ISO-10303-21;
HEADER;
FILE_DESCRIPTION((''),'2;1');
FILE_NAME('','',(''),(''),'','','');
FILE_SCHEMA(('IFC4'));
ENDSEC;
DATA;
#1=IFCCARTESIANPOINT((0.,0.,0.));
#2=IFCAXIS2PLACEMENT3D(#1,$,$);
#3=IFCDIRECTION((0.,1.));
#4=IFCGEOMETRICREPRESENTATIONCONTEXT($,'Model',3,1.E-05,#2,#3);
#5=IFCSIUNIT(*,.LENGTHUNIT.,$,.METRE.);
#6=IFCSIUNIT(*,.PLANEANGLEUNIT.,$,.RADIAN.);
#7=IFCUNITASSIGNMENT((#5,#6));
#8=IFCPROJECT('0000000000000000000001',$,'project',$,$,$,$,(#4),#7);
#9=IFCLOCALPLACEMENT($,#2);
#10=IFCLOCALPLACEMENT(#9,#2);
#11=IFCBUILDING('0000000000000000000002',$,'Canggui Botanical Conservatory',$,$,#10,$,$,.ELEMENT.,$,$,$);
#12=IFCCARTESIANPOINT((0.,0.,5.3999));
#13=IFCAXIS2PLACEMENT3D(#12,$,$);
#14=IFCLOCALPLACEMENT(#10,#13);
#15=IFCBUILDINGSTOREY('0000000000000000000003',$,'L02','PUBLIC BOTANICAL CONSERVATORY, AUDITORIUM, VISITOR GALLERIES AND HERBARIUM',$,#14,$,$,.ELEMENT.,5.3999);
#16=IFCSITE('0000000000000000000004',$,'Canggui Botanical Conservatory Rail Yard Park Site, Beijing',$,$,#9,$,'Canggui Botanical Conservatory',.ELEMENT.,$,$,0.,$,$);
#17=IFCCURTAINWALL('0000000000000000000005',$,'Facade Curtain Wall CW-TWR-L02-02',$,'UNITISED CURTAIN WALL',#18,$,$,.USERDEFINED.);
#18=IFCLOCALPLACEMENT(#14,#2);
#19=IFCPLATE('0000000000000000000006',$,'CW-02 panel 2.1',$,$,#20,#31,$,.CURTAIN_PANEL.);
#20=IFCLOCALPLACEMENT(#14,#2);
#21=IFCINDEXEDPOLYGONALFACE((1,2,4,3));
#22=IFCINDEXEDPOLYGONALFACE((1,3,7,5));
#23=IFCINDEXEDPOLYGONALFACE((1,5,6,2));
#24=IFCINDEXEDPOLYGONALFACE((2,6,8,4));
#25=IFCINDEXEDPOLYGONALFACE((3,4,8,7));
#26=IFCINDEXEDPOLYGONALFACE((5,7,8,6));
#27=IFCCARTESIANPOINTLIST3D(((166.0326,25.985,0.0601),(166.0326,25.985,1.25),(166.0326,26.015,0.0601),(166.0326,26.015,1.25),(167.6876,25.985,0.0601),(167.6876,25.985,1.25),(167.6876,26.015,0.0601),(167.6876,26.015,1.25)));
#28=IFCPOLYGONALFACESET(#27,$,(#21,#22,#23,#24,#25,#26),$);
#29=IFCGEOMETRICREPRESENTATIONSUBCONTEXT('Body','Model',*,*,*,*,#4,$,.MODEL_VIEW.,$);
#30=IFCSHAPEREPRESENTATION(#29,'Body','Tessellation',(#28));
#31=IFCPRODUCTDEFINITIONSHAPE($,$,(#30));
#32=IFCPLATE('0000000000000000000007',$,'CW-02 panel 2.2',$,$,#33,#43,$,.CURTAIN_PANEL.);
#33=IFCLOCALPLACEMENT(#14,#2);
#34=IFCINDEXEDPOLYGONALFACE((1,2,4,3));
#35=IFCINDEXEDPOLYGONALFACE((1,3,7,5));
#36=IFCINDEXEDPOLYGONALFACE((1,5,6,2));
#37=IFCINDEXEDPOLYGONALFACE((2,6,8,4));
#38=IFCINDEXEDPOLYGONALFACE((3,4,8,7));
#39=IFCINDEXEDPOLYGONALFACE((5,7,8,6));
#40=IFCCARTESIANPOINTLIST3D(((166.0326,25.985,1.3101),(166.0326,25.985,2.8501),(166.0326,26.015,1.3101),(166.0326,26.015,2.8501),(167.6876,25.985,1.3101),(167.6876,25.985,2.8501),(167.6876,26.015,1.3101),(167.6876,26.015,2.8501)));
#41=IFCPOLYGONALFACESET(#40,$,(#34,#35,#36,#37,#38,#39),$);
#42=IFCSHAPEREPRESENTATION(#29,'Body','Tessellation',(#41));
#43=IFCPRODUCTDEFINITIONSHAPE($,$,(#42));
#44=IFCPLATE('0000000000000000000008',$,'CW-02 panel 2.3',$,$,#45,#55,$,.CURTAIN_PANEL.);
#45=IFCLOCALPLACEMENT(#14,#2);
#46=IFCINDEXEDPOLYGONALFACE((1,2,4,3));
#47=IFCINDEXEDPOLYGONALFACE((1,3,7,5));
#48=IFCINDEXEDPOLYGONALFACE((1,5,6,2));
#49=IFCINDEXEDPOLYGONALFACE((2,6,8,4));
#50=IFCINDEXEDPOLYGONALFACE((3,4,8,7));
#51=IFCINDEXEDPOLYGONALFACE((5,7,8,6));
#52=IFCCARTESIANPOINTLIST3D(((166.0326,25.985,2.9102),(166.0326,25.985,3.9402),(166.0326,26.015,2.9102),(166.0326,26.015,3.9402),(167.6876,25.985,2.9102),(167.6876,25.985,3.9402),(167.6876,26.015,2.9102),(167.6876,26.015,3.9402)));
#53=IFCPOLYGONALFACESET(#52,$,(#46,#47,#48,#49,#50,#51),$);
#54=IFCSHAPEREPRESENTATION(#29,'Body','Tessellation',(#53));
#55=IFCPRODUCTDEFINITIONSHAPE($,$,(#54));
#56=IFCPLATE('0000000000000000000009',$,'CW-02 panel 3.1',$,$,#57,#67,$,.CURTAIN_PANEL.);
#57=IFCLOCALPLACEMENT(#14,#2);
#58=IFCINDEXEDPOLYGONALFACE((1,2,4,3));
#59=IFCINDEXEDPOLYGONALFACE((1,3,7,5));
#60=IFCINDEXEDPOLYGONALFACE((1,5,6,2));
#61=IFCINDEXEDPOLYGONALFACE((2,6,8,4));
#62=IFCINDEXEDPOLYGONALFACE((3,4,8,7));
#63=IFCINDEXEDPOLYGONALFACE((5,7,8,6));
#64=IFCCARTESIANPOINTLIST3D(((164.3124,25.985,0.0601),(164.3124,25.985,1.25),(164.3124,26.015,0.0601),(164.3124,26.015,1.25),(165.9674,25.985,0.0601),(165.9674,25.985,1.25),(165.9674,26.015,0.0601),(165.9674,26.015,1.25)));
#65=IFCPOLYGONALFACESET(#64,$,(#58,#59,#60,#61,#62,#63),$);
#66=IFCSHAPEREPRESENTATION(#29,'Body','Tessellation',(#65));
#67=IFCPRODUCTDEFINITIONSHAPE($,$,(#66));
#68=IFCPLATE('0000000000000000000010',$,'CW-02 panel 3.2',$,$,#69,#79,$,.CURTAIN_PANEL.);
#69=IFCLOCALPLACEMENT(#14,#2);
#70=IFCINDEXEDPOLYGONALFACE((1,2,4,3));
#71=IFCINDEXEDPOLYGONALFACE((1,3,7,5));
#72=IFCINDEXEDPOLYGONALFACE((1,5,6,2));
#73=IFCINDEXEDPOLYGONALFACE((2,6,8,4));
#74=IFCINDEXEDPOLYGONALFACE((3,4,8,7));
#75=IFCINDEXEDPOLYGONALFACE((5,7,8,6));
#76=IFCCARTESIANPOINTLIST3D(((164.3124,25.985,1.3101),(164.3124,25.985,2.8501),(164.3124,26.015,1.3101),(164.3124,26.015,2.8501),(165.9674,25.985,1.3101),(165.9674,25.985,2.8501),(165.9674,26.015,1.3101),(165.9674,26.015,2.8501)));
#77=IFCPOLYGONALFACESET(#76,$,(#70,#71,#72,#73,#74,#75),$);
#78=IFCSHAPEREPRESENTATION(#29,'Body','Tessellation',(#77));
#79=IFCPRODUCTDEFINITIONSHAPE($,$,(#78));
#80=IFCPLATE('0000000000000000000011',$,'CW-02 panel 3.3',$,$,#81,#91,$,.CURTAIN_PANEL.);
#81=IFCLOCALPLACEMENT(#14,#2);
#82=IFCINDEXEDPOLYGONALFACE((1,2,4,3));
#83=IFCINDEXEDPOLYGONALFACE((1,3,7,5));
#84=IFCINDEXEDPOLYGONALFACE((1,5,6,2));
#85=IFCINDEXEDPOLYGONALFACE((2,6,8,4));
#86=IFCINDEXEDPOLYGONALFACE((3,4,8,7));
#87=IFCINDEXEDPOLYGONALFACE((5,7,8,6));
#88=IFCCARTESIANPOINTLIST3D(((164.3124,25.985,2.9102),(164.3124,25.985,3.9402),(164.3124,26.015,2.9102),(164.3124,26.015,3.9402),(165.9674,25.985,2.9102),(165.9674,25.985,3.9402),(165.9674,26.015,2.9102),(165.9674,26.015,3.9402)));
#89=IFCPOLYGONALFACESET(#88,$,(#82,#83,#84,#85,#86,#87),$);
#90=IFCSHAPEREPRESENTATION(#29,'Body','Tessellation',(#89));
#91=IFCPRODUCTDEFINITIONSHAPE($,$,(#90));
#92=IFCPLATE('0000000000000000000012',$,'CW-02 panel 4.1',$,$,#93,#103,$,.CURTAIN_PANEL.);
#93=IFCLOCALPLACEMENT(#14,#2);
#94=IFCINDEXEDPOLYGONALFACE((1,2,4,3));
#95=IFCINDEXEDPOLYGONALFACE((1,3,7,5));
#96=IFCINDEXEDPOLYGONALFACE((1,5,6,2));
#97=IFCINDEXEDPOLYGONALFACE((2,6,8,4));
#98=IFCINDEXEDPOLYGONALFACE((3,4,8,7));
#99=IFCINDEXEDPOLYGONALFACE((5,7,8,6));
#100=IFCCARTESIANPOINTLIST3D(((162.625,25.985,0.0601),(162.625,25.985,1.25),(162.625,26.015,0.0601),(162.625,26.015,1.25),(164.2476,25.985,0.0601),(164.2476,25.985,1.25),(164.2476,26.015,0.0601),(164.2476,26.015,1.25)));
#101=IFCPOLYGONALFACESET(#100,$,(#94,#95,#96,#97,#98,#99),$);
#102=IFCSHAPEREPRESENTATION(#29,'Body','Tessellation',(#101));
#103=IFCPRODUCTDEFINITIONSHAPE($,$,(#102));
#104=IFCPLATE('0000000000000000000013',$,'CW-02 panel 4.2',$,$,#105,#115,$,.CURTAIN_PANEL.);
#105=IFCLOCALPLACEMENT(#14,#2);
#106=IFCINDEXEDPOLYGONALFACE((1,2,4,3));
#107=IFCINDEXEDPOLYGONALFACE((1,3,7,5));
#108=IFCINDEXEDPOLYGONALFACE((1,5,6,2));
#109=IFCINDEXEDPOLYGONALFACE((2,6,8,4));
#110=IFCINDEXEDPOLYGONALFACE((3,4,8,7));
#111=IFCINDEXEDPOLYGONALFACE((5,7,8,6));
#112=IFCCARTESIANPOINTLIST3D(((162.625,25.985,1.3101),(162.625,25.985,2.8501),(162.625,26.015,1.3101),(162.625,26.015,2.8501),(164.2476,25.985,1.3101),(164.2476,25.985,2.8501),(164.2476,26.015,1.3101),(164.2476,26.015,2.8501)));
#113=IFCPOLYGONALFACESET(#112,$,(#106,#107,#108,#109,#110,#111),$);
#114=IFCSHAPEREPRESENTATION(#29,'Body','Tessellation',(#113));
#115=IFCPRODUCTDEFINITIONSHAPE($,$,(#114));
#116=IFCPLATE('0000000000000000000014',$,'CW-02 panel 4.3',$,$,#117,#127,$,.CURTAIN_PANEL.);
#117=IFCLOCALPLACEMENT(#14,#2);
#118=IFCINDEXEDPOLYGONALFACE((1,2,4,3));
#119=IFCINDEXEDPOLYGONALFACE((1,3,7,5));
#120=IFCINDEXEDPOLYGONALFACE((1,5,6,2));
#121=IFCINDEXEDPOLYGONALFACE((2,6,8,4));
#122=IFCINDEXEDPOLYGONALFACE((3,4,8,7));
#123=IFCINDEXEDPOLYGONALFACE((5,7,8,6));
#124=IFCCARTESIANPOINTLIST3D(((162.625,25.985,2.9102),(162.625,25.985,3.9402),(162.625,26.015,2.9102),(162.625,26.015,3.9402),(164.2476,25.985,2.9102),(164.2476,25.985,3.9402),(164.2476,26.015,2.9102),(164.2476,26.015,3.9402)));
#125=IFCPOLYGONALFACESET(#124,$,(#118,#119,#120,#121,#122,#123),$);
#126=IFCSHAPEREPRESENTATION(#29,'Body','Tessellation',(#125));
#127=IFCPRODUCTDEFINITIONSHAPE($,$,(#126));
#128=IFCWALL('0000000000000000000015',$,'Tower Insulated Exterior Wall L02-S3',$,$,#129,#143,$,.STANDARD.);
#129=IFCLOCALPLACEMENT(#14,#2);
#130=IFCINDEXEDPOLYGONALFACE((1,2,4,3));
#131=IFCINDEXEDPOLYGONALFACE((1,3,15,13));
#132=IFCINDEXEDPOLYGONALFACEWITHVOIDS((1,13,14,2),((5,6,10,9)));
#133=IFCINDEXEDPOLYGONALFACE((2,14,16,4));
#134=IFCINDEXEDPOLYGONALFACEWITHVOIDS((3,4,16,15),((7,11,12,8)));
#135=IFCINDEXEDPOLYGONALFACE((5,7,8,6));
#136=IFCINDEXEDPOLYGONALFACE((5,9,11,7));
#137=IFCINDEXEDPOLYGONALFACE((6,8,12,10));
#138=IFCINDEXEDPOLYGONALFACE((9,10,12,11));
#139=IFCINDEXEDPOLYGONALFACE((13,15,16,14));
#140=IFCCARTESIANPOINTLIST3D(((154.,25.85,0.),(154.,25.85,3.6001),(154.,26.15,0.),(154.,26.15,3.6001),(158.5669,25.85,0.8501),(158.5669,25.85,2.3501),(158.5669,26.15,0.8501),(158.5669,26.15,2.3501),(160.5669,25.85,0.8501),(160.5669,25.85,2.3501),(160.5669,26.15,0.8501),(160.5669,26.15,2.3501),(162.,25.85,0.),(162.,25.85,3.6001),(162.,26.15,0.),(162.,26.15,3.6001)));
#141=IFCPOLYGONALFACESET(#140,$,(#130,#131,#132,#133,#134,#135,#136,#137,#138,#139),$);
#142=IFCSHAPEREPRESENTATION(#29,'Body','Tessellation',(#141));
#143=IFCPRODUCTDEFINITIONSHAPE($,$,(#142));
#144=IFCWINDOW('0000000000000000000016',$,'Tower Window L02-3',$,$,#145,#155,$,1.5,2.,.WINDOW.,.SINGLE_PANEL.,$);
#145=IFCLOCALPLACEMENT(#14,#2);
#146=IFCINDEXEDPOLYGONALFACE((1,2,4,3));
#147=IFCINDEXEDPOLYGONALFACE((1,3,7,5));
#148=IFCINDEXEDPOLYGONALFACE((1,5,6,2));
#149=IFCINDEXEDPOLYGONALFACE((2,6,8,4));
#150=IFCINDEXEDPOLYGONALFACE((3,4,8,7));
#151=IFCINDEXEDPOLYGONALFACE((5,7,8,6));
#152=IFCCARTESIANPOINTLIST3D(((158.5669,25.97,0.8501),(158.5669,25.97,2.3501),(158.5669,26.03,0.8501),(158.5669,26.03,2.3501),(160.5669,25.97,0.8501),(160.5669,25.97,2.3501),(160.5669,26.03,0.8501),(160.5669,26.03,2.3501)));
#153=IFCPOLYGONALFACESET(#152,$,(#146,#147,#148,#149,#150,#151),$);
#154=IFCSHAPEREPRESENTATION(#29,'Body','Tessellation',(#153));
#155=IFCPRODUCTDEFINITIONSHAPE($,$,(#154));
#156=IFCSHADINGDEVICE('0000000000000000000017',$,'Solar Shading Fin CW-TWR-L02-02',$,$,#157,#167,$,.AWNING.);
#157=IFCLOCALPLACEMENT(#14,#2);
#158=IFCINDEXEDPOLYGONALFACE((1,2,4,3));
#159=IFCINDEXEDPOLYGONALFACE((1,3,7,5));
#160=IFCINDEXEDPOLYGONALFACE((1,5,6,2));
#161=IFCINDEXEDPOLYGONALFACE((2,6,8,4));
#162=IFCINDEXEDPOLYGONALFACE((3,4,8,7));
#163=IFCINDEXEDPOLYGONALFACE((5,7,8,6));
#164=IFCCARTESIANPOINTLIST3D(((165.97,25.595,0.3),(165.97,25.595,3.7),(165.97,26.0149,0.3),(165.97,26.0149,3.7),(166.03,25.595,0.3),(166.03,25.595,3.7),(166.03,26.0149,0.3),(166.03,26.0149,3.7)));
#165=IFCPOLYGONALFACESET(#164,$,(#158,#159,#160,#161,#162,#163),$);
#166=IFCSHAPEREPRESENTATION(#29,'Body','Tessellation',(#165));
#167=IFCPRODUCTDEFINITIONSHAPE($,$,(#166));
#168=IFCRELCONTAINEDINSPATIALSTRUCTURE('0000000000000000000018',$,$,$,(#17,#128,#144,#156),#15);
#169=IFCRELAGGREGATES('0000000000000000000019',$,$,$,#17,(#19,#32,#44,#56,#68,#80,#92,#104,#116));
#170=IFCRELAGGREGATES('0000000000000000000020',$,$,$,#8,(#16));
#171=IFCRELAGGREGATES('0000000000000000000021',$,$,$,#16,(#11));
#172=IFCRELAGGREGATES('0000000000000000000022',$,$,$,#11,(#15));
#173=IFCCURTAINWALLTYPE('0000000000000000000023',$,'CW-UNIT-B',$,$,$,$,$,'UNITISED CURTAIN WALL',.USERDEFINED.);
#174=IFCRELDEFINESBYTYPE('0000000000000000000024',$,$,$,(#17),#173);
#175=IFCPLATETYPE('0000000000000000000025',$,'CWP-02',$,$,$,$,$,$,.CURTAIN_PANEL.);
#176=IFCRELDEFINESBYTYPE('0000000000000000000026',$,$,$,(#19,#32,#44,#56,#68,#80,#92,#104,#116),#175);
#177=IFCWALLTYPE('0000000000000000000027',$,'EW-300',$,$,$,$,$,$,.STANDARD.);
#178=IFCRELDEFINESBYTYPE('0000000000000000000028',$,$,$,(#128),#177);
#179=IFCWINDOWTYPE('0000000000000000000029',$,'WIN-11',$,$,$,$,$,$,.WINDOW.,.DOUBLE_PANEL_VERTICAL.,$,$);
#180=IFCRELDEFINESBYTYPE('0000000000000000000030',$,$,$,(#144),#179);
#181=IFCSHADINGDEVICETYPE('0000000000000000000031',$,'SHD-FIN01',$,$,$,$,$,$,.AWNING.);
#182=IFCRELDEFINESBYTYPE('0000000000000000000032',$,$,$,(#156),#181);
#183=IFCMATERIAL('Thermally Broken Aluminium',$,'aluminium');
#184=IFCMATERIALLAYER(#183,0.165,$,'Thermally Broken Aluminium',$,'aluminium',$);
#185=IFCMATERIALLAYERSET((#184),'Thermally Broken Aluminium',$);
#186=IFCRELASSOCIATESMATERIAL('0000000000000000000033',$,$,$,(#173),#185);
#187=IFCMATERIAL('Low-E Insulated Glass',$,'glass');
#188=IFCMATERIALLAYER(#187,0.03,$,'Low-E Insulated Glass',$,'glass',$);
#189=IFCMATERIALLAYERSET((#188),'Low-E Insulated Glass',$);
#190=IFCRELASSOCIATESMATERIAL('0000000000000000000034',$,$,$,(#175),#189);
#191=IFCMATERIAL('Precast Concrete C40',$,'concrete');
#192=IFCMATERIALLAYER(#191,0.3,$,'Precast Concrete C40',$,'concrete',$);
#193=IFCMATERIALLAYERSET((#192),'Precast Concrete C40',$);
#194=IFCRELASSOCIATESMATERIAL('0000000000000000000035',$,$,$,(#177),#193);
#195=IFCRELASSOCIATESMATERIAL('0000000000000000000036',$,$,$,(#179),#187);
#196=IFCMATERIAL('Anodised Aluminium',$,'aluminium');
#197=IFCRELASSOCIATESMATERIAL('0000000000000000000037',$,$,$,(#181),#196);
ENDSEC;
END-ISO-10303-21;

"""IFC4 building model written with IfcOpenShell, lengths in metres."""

from ifc_helpers import new_model, si_unit, direction, frame, frame_2d, origin, origin_2d, place, context, subcontext, project, spatial, rectangle, extrude, material, layer, layer_set, type_object, element, fill, aggregate, save


model = new_model("IFC4")

# Units and contexts
model_context = context("Model", 3, precision=1e-05, world=origin(), true_north=direction((0.0, 1.0)))
body_context = subcontext(model_context, "Body", "Model", "MODEL_VIEW")
ifc_project = project(units=[si_unit("LENGTHUNIT", "METRE"), si_unit("PLANEANGLEUNIT", "RADIAN")], contexts=[model_context])

# Site, building, storey
site_placement = place(None, origin())
site = spatial("IfcSite", under=ifc_project, at=site_placement, Name="Canggui Botanical Conservatory Rail Yard Park Site, Beijing", LongName="Canggui Botanical Conservatory", CompositionType="ELEMENT", RefElevation=0.0)
building_placement = place(site_placement, origin())
building = spatial("IfcBuilding", under=site, at=building_placement, Name="Canggui Botanical Conservatory", CompositionType="ELEMENT")
storey_placement = place(building_placement, frame((0.0, 0.0, 5.3999)))
storey = spatial("IfcBuildingStorey", under=building, at=storey_placement, Name="L02", Description="PUBLIC BOTANICAL CONSERVATORY, AUDITORIUM, VISITOR GALLERIES AND HERBARIUM", CompositionType="ELEMENT", Elevation=5.3999)

# Curtain wall, plates
ifc_material_1 = material(Name="Thermally Broken Aluminium", Category="aluminium")
ifc_layer_1 = layer(ifc_material_1, 0.165, Name="Thermally Broken Aluminium", Category="aluminium")
ifc_layer_set_1 = layer_set([ifc_layer_1], Name="Thermally Broken Aluminium")
curtain_wall_type = type_object("IfcCurtainWallType", Name="CW-UNIT-B", ElementType="UNITISED CURTAIN WALL", PredefinedType="USERDEFINED", material=ifc_layer_set_1)
curtain_wall_placement = place(storey_placement, origin())
curtain_wall = element("IfcCurtainWall", 1, at=curtain_wall_placement, inside=storey, type_object=curtain_wall_type, Name="Facade Curtain Wall CW-TWR-L02-02", ObjectType="UNITISED CURTAIN WALL", PredefinedType="USERDEFINED")
ifc_material_2 = material(Name="Low-E Insulated Glass", Category="glass")
ifc_layer_2 = layer(ifc_material_2, 0.03, Name="Low-E Insulated Glass", Category="glass")
ifc_layer_set_2 = layer_set([ifc_layer_2], Name="Low-E Insulated Glass")
plate_type = type_object("IfcPlateType", Name="CWP-02", PredefinedType="CURTAIN_PANEL", material=ifc_layer_set_2)
plate_1_placement = place(storey_placement, frame((166.8601, 26.0, 0.0601), z_axis=(0.0, 0.0, 1.0), x_axis=(-1.0, 0.0, 0.0)))
plate_1 = element("IfcPlate", 2, at=plate_1_placement, type_object=plate_type, Name="CW-02 panel 2.1", PredefinedType="CURTAIN_PANEL", context=body_context, shape_type="SweptSolid", body=[
    extrude(rectangle(XDim=1.655, YDim=0.03, at=origin_2d()), origin(), (0.0, 0.0, 1.0), 1.1899),
])
plate_2_placement = place(storey_placement, frame((166.8601, 26.0, 1.3101), z_axis=(0.0, 0.0, 1.0), x_axis=(-1.0, 0.0, 0.0)))
plate_2 = element("IfcPlate", 3, at=plate_2_placement, type_object=plate_type, Name="CW-02 panel 2.2", PredefinedType="CURTAIN_PANEL", context=body_context, shape_type="SweptSolid", body=[
    extrude(rectangle(XDim=1.655, YDim=0.03, at=origin_2d()), origin(), (0.0, 0.0, 1.0), 1.54),
])
plate_3_placement = place(storey_placement, frame((166.8601, 26.0, 2.9102), z_axis=(0.0, 0.0, 1.0), x_axis=(-1.0, 0.0, 0.0)))
plate_3 = element("IfcPlate", 4, at=plate_3_placement, type_object=plate_type, Name="CW-02 panel 2.3", PredefinedType="CURTAIN_PANEL", context=body_context, shape_type="SweptSolid", body=[
    extrude(rectangle(XDim=1.655, YDim=0.03, at=origin_2d()), origin(), (0.0, 0.0, 1.0), 1.03),
])
plate_4_placement = place(storey_placement, frame((165.1399, 26.0, 0.0601), z_axis=(0.0, 0.0, 1.0), x_axis=(-1.0, 0.0, 0.0)))
plate_4 = element("IfcPlate", 5, at=plate_4_placement, type_object=plate_type, Name="CW-02 panel 3.1", PredefinedType="CURTAIN_PANEL", context=body_context, shape_type="SweptSolid", body=[
    extrude(rectangle(XDim=1.655, YDim=0.03, at=origin_2d()), origin(), (0.0, 0.0, 1.0), 1.1899),
])
plate_5_placement = place(storey_placement, frame((165.1399, 26.0, 1.3101), z_axis=(0.0, 0.0, 1.0), x_axis=(-1.0, 0.0, 0.0)))
plate_5 = element("IfcPlate", 6, at=plate_5_placement, type_object=plate_type, Name="CW-02 panel 3.2", PredefinedType="CURTAIN_PANEL", context=body_context, shape_type="SweptSolid", body=[
    extrude(rectangle(XDim=1.655, YDim=0.03, at=origin_2d()), origin(), (0.0, 0.0, 1.0), 1.54),
])
plate_6_placement = place(storey_placement, frame((165.1399, 26.0, 2.9102), z_axis=(0.0, 0.0, 1.0), x_axis=(-1.0, 0.0, 0.0)))
plate_6 = element("IfcPlate", 7, at=plate_6_placement, type_object=plate_type, Name="CW-02 panel 3.3", PredefinedType="CURTAIN_PANEL", context=body_context, shape_type="SweptSolid", body=[
    extrude(rectangle(XDim=1.655, YDim=0.03, at=origin_2d()), origin(), (0.0, 0.0, 1.0), 1.03),
])
plate_7_placement = place(storey_placement, frame((163.4363, 26.0, 0.0601), z_axis=(0.0, 0.0, 1.0), x_axis=(-1.0, 0.0, 0.0)))
plate_7 = element("IfcPlate", 8, at=plate_7_placement, type_object=plate_type, Name="CW-02 panel 4.1", PredefinedType="CURTAIN_PANEL", context=body_context, shape_type="SweptSolid", body=[
    extrude(rectangle(XDim=1.6226, YDim=0.03, at=origin_2d()), origin(), (0.0, 0.0, 1.0), 1.1899),
])
plate_8_placement = place(storey_placement, frame((163.4363, 26.0, 1.3101), z_axis=(0.0, 0.0, 1.0), x_axis=(-1.0, 0.0, 0.0)))
plate_8 = element("IfcPlate", 9, at=plate_8_placement, type_object=plate_type, Name="CW-02 panel 4.2", PredefinedType="CURTAIN_PANEL", context=body_context, shape_type="SweptSolid", body=[
    extrude(rectangle(XDim=1.6226, YDim=0.03, at=origin_2d()), origin(), (0.0, 0.0, 1.0), 1.54),
])
plate_9_placement = place(storey_placement, frame((163.4363, 26.0, 2.9102), z_axis=(0.0, 0.0, 1.0), x_axis=(-1.0, 0.0, 0.0)))
plate_9 = element("IfcPlate", 10, at=plate_9_placement, type_object=plate_type, Name="CW-02 panel 4.3", PredefinedType="CURTAIN_PANEL", context=body_context, shape_type="SweptSolid", body=[
    extrude(rectangle(XDim=1.6226, YDim=0.03, at=origin_2d()), origin(), (0.0, 0.0, 1.0), 1.03),
])
aggregate(curtain_wall, [plate_1, plate_2, plate_3, plate_4, plate_5, plate_6, plate_7, plate_8, plate_9])

# Wall, opening, window
ifc_material_3 = material(Name="Precast Concrete C40", Category="concrete")
ifc_layer_3 = layer(ifc_material_3, 0.3, Name="Precast Concrete C40", Category="concrete")
ifc_layer_set_3 = layer_set([ifc_layer_3], Name="Precast Concrete C40")
wall_type = type_object("IfcWallType", Name="EW-300", PredefinedType="STANDARD", material=ifc_layer_set_3)
wall_placement = place(storey_placement, frame((162.0, 26.0, 0.0), z_axis=(0.0, 0.0, 1.0), x_axis=(-1.0, 0.0, 0.0)))
wall = element("IfcWall", 11, at=wall_placement, inside=storey, type_object=wall_type, Name="Tower Insulated Exterior Wall L02-S3", PredefinedType="STANDARD", context=body_context, shape_type="SweptSolid", body=[
    extrude(rectangle(XDim=8.0, YDim=0.3, at=frame_2d((4.0, 0.0))), origin(), (0.0, 0.0, 1.0), 3.6001),
])
opening_placement = place(wall_placement, frame((1.4331, 0.0, 0.8501)))
opening = element("IfcOpeningElement", 12, at=opening_placement, cuts=wall, PredefinedType="OPENING", context=body_context, shape_type="SweptSolid", body=[
    extrude(rectangle(XDim=2.0, YDim=1.5, at=frame_2d((1.0, 0.75))), frame((0.0, 0.1602, 0.0), z_axis=(0.0, -1.0, 0.0), x_axis=(1.0, 0.0, 0.0)), (0.0, 0.0, 1.0), 0.3201),
])
window_type = type_object("IfcWindowType", Name="WIN-11", PartitioningType="DOUBLE_PANEL_VERTICAL", PredefinedType="WINDOW", material=ifc_material_2)
window_placement = place(opening_placement, origin())
window = element("IfcWindow", 13, at=window_placement, inside=storey, type_object=window_type, Name="Tower Window L02-3", OverallHeight=1.5, OverallWidth=2.0, PartitioningType="SINGLE_PANEL", PredefinedType="WINDOW", context=body_context, shape_type="SweptSolid", body=[
    extrude(rectangle(XDim=2.0, YDim=1.5, at=frame_2d((1.0, 0.75))), frame((0.0, 0.03, 0.0), z_axis=(0.0, -1.0, 0.0), x_axis=(1.0, 0.0, 0.0)), (0.0, 0.0, 1.0), 0.0601),
])
fill(opening, window)

# Shading device
ifc_material_4 = material(Name="Anodised Aluminium", Category="aluminium")
shading_device_type = type_object("IfcShadingDeviceType", Name="SHD-FIN01", PredefinedType="AWNING", material=ifc_material_4)
shading_device_placement = place(storey_placement, frame((166.0, 25.8049, 0.3), z_axis=(0.0, 0.0, 1.0), x_axis=(-1.0, 0.0, 0.0)))
element("IfcShadingDevice", 14, at=shading_device_placement, inside=storey, type_object=shading_device_type, Name="Solar Shading Fin CW-TWR-L02-02", PredefinedType="AWNING", context=body_context, shape_type="SweptSolid", body=[
    extrude(rectangle(XDim=0.0601, YDim=0.4199, at=origin_2d()), origin(), (0.0, 0.0, 1.0), 3.3999),
])

save(model, "model.ifc")
